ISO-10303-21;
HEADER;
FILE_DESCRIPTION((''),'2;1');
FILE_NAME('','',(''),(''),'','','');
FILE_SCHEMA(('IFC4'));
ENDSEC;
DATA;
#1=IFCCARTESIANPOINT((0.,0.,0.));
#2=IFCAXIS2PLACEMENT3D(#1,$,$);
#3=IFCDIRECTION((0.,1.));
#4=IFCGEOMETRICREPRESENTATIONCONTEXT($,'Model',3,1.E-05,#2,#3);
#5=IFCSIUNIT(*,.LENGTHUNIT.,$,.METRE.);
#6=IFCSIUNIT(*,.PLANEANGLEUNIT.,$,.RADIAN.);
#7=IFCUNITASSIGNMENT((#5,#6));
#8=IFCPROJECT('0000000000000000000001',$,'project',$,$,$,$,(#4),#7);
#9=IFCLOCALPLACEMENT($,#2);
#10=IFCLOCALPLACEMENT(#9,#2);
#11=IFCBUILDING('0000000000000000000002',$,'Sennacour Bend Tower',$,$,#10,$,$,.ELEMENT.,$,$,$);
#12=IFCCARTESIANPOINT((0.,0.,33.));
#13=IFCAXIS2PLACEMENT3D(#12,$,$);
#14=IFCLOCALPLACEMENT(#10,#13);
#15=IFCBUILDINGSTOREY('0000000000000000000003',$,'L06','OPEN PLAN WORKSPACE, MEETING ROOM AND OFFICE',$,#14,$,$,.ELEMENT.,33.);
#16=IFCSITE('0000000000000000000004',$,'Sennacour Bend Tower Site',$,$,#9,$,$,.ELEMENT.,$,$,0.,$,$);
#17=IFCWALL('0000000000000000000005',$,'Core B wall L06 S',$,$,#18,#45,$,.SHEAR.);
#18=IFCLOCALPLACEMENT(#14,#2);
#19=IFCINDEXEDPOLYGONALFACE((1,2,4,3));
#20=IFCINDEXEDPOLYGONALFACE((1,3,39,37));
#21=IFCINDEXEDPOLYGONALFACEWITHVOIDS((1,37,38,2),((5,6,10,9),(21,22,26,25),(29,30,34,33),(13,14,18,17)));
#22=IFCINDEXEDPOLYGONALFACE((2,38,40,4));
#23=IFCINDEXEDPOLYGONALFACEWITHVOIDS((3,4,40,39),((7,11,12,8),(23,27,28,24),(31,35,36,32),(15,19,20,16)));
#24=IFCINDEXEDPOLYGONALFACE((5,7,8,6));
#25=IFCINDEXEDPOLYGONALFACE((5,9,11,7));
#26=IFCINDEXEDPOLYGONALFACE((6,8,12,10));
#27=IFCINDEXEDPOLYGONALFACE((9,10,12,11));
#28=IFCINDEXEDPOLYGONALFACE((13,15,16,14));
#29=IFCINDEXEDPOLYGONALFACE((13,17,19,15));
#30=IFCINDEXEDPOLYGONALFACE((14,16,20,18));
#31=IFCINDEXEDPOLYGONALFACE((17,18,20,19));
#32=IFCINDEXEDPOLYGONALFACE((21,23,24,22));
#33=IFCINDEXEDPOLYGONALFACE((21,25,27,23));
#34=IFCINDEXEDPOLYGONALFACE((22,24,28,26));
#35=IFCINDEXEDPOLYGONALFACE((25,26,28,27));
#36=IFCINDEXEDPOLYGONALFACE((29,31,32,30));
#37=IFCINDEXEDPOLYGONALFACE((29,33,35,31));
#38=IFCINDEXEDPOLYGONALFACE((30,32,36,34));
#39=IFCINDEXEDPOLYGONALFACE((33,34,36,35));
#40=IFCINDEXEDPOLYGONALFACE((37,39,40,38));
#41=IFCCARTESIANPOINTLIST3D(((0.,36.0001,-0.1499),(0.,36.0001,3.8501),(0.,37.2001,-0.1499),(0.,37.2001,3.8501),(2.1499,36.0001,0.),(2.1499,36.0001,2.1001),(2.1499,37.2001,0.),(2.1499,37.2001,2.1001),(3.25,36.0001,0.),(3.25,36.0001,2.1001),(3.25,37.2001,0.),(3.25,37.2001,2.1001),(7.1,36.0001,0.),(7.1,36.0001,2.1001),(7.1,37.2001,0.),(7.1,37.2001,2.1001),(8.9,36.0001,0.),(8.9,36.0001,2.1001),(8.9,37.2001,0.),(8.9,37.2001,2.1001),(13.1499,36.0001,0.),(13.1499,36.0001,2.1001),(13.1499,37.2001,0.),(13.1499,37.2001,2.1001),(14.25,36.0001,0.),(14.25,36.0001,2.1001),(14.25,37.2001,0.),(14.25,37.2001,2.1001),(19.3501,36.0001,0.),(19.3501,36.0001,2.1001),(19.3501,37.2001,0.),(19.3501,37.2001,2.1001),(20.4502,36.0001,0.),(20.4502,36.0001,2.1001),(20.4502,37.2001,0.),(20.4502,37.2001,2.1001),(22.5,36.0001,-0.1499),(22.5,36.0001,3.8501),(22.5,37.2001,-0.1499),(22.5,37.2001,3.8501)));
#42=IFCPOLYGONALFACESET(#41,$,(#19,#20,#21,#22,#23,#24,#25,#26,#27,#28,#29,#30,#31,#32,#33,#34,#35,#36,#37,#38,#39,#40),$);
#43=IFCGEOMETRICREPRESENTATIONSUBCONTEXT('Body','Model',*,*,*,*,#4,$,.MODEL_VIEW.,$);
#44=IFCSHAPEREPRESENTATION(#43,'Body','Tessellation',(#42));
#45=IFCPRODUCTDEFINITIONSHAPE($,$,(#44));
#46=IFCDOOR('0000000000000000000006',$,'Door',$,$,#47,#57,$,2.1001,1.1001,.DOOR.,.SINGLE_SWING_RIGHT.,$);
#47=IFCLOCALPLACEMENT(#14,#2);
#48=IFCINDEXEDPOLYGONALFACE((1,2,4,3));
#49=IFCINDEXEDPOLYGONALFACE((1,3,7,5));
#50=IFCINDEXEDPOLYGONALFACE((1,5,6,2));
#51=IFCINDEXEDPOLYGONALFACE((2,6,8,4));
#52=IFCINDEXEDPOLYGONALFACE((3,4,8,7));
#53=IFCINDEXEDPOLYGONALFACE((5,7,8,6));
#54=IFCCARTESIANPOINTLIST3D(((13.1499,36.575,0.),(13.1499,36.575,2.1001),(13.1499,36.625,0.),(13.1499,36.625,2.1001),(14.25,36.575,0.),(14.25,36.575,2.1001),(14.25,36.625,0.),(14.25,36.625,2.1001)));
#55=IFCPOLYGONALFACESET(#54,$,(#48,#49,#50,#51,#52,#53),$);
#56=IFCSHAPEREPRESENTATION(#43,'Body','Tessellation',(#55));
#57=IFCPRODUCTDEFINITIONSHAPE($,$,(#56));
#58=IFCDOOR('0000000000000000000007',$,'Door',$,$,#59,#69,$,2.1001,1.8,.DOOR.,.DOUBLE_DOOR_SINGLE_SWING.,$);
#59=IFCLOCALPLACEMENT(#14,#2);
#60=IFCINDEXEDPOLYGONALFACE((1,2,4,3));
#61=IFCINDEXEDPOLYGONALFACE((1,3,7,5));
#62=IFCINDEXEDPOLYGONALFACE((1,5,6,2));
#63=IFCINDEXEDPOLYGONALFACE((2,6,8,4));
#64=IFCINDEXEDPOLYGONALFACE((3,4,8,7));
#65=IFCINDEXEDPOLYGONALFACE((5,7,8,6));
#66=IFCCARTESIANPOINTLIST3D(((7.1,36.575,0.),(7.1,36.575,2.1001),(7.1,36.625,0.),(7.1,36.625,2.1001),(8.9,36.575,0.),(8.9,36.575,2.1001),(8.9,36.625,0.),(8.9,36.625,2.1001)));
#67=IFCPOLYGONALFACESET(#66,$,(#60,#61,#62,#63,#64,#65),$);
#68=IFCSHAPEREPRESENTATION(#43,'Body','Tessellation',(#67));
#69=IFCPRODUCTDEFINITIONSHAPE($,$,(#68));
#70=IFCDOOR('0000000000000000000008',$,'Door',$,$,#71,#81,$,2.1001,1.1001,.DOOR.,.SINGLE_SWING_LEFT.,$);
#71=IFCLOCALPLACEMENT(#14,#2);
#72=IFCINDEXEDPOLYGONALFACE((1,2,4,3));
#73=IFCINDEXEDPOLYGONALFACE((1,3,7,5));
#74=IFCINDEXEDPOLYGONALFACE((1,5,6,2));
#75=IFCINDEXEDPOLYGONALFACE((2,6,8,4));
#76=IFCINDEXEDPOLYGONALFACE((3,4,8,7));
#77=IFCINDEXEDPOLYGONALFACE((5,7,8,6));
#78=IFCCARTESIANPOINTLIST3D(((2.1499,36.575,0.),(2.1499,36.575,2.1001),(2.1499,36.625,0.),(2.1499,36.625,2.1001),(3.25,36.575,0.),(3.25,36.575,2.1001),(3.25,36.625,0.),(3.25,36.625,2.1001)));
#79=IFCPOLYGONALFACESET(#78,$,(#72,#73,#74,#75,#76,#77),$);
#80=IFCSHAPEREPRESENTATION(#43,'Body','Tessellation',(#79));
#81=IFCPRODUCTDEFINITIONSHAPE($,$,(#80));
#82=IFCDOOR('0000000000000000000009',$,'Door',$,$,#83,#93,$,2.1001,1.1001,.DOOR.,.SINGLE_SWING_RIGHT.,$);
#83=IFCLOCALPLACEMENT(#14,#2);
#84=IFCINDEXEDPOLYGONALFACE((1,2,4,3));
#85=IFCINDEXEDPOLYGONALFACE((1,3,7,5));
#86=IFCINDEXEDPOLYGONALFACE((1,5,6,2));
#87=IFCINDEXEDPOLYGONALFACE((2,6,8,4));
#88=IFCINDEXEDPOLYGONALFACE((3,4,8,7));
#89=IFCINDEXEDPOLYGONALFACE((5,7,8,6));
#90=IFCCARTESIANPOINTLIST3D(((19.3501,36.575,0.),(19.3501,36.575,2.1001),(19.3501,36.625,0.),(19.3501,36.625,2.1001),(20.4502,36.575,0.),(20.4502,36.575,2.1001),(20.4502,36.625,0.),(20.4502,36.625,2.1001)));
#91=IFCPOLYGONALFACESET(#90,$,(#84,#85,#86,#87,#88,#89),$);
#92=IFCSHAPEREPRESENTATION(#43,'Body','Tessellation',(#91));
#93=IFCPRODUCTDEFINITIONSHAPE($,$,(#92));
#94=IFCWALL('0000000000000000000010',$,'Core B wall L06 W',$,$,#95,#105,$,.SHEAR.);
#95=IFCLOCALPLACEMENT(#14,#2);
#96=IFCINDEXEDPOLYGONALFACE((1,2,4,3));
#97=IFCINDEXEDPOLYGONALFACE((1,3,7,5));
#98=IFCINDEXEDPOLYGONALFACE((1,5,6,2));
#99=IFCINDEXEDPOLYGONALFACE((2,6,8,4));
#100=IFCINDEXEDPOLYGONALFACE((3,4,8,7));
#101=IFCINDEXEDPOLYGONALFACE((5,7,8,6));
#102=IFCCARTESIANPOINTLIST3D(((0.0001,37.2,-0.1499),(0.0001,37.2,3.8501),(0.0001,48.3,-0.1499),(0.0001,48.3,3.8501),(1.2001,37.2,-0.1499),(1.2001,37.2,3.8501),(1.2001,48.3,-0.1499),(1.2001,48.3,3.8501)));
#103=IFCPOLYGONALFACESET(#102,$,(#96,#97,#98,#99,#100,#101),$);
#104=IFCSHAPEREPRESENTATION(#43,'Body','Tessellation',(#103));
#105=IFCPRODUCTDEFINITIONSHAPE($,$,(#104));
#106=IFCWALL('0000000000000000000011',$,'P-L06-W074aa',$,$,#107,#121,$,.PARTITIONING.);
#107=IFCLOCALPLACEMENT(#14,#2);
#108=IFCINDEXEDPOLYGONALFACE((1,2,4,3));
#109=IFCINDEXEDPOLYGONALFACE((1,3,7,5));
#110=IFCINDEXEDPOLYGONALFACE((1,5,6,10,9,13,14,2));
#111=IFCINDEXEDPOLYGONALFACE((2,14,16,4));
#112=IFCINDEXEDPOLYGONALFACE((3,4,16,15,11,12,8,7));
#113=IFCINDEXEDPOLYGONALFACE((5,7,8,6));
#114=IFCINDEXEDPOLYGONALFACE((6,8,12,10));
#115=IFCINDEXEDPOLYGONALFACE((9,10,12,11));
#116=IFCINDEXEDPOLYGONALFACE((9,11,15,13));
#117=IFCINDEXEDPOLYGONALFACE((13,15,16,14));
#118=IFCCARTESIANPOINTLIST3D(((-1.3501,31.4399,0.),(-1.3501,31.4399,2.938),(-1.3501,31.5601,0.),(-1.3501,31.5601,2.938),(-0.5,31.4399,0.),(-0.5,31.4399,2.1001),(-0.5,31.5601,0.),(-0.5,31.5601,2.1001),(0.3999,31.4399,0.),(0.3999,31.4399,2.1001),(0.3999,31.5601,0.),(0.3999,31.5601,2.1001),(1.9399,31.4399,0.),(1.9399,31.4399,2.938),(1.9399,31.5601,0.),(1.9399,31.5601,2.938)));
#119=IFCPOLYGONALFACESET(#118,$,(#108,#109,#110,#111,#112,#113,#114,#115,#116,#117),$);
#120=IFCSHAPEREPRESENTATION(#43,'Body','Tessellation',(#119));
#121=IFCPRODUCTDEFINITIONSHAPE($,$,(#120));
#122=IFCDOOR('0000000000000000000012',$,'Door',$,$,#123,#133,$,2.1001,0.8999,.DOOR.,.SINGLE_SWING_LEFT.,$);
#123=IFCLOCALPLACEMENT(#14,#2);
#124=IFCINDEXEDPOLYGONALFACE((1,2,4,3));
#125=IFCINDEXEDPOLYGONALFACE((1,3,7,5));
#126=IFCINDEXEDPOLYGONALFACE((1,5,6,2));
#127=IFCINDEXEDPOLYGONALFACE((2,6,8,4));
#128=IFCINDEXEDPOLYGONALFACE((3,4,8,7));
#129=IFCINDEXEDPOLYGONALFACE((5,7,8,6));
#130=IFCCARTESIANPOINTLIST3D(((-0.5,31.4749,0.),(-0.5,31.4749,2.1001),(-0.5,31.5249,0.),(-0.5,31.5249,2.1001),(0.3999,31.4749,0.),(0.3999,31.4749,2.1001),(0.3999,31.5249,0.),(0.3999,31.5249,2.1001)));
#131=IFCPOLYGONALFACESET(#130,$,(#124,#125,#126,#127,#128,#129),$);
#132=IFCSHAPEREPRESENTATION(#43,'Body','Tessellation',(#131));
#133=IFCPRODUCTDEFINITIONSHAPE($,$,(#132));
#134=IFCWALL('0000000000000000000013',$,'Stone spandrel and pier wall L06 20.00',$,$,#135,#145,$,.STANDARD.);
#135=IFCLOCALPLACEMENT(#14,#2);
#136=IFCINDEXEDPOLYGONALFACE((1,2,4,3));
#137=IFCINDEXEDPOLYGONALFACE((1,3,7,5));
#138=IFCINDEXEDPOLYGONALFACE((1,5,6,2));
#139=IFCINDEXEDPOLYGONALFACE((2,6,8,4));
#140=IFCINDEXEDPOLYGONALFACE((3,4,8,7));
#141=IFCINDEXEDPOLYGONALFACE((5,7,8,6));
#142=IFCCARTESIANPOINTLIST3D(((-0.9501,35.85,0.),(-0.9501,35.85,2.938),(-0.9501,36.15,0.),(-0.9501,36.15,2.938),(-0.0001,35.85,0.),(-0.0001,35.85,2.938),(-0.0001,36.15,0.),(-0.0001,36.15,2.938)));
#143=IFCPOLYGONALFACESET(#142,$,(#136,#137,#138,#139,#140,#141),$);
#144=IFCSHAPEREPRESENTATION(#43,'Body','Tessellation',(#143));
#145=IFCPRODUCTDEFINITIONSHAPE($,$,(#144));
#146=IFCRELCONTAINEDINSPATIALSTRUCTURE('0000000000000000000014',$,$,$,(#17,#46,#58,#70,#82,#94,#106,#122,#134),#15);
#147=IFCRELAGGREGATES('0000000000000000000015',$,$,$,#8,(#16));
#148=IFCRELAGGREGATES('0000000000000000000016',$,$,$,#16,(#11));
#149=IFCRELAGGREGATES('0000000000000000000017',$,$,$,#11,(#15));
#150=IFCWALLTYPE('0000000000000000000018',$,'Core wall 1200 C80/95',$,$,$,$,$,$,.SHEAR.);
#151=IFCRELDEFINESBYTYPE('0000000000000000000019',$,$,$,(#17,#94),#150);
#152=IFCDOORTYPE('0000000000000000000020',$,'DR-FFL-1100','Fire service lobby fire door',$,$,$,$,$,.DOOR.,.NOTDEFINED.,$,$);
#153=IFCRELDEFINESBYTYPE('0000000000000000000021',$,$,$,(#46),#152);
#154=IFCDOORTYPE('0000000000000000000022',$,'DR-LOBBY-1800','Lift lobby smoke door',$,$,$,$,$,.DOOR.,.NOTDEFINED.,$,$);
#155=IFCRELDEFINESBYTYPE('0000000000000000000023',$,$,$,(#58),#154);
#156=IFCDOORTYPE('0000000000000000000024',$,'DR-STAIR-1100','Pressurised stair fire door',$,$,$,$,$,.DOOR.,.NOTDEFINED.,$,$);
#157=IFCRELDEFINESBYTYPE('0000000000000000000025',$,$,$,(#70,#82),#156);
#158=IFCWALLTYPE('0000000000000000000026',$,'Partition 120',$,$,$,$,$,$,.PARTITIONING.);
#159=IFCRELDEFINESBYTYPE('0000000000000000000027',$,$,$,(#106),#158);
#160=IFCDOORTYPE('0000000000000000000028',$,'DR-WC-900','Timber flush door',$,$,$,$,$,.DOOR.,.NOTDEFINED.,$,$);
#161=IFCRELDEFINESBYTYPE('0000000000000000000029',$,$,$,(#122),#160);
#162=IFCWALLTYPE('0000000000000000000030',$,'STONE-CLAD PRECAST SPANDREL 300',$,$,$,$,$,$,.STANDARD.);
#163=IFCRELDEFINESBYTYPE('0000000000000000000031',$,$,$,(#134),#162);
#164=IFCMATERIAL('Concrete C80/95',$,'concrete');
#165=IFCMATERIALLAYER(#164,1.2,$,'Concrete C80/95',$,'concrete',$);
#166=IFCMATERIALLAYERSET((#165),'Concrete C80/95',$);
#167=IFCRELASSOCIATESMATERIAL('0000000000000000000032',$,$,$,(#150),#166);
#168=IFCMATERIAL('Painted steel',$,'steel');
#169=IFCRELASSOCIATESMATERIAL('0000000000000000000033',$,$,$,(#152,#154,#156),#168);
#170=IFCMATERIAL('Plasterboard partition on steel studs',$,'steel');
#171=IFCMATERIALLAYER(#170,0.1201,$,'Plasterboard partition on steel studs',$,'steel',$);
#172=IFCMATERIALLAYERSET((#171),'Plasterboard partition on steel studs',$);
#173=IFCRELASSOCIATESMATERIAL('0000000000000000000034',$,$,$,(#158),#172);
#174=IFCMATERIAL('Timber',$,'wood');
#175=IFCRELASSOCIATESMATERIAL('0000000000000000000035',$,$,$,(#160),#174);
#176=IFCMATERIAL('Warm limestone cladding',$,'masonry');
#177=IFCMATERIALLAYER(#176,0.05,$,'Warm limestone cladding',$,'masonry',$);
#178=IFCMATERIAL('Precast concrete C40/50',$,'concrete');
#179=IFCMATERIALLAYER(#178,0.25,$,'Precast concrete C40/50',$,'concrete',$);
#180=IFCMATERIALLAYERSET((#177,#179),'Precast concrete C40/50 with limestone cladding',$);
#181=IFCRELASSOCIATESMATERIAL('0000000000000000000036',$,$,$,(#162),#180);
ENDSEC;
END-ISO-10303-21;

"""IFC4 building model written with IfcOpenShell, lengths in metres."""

from ifc_helpers import new_model, si_unit, direction, frame, frame_2d, origin, place, context, subcontext, project, spatial, rectangle, extrude, material, layer, layer_set, type_object, element, fill, save


model = new_model("IFC4")

# Units and contexts
model_context = context("Model", 3, precision=1e-05, world=origin(), true_north=direction((0.0, 1.0)))
body_context = subcontext(model_context, "Body", "Model", "MODEL_VIEW")
ifc_project = project(units=[si_unit("LENGTHUNIT", "METRE"), si_unit("PLANEANGLEUNIT", "RADIAN")], contexts=[model_context])

# Site, building, storey
site_placement = place(None, origin())
site = spatial("IfcSite", under=ifc_project, at=site_placement, Name="Sennacour Bend Tower Site", CompositionType="ELEMENT", RefElevation=0.0)
building_placement = place(site_placement, origin())
building = spatial("IfcBuilding", under=site, at=building_placement, Name="Sennacour Bend Tower", CompositionType="ELEMENT")
storey_placement = place(building_placement, frame((0.0, 0.0, 33.0)))
storey = spatial("IfcBuildingStorey", under=building, at=storey_placement, Name="L06", Description="OPEN PLAN WORKSPACE, MEETING ROOM AND OFFICE", CompositionType="ELEMENT", Elevation=33.0)

# Wall, openings, doors
ifc_material_1 = material(Name="Concrete C80/95", Category="concrete")
ifc_layer_1 = layer(ifc_material_1, 1.2, Name="Concrete C80/95", Category="concrete")
ifc_layer_set_1 = layer_set([ifc_layer_1], Name="Concrete C80/95")
wall_type_1 = type_object("IfcWallType", Name="Core wall 1200 C80/95", PredefinedType="SHEAR", material=ifc_layer_set_1)
wall_1_placement = place(storey_placement, frame((0.0, 36.6001, -0.1499), z_axis=(0.0, 0.0, 1.0), x_axis=(1.0, 0.0, 0.0)))
wall_1 = element("IfcWall", 1, at=wall_1_placement, inside=storey, type_object=wall_type_1, Name="Core B wall L06 S", PredefinedType="SHEAR", context=body_context, shape_type="SweptSolid", body=[
    extrude(rectangle(XDim=22.5, YDim=1.2, at=frame_2d((11.25, 0.0))), origin(), (0.0, 0.0, 1.0), 4.0),
])
opening_1_placement = place(wall_1_placement, frame((7.1001, 0.0, 0.1499)))
opening_1 = element("IfcOpeningElement", 2, at=opening_1_placement, cuts=wall_1, PredefinedType="OPENING", context=body_context, shape_type="SweptSolid", body=[
    extrude(rectangle(XDim=1.8, YDim=2.1001, at=frame_2d((0.8999, 1.05))), frame((0.0, 0.6099, 0.0), z_axis=(0.0, -1.0, 0.0), x_axis=(1.0, 0.0, 0.0)), (0.0, 0.0, 1.0), 1.22),
])
opening_2_placement = place(wall_1_placement, frame((13.1499, 0.0, 0.1499)))
opening_2 = element("IfcOpeningElement", 3, at=opening_2_placement, cuts=wall_1, PredefinedType="OPENING", context=body_context, shape_type="SweptSolid", body=[
    extrude(rectangle(XDim=1.1001, YDim=2.1001, at=frame_2d((0.55, 1.05))), frame((0.0, 0.6099, 0.0), z_axis=(0.0, -1.0, 0.0), x_axis=(1.0, 0.0, 0.0)), (0.0, 0.0, 1.0), 1.22),
])
opening_3_placement = place(wall_1_placement, frame((2.1499, 0.0, 0.1499)))
opening_3 = element("IfcOpeningElement", 4, at=opening_3_placement, cuts=wall_1, PredefinedType="OPENING", context=body_context, shape_type="SweptSolid", body=[
    extrude(rectangle(XDim=1.1001, YDim=2.1001, at=frame_2d((0.55, 1.05))), frame((0.0, 0.6099, 0.0), z_axis=(0.0, -1.0, 0.0), x_axis=(1.0, 0.0, 0.0)), (0.0, 0.0, 1.0), 1.22),
])
opening_4_placement = place(wall_1_placement, frame((19.3501, 0.0, 0.1499)))
opening_4 = element("IfcOpeningElement", 5, at=opening_4_placement, cuts=wall_1, PredefinedType="OPENING", context=body_context, shape_type="SweptSolid", body=[
    extrude(rectangle(XDim=1.1001, YDim=2.1001, at=frame_2d((0.55, 1.05))), frame((0.0, 0.6099, 0.0), z_axis=(0.0, -1.0, 0.0), x_axis=(1.0, 0.0, 0.0)), (0.0, 0.0, 1.0), 1.22),
])
ifc_material_2 = material(Name="Painted steel", Category="steel")
door_type_1 = type_object("IfcDoorType", Name="DR-FFL-1100", Description="Fire service lobby fire door", OperationType="NOTDEFINED", PredefinedType="DOOR", material=ifc_material_2)
door_1_placement = place(opening_2_placement, origin())
door_1 = element("IfcDoor", 6, at=door_1_placement, inside=storey, type_object=door_type_1, Name="Door", OperationType="SINGLE_SWING_RIGHT", OverallHeight=2.1001, OverallWidth=1.1001, PredefinedType="DOOR", context=body_context, shape_type="SweptSolid", body=[
    extrude(rectangle(XDim=1.1001, YDim=2.1001, at=frame_2d((0.55, 1.05))), frame((0.0, 0.0249, 0.0), z_axis=(0.0, -1.0, 0.0), x_axis=(1.0, 0.0, 0.0)), (0.0, 0.0, 1.0), 0.05),
])
fill(opening_2, door_1)
door_type_2 = type_object("IfcDoorType", Name="DR-LOBBY-1800", Description="Lift lobby smoke door", OperationType="NOTDEFINED", PredefinedType="DOOR", material=ifc_material_2)
door_2_placement = place(opening_1_placement, origin())
door_2 = element("IfcDoor", 7, at=door_2_placement, inside=storey, type_object=door_type_2, Name="Door", OperationType="DOUBLE_DOOR_SINGLE_SWING", OverallHeight=2.1001, OverallWidth=1.8, PredefinedType="DOOR", context=body_context, shape_type="SweptSolid", body=[
    extrude(rectangle(XDim=1.8, YDim=2.1001, at=frame_2d((0.8999, 1.05))), frame((0.0, 0.0249, 0.0), z_axis=(0.0, -1.0, 0.0), x_axis=(1.0, 0.0, 0.0)), (0.0, 0.0, 1.0), 0.05),
])
fill(opening_1, door_2)
door_type_3 = type_object("IfcDoorType", Name="DR-STAIR-1100", Description="Pressurised stair fire door", OperationType="NOTDEFINED", PredefinedType="DOOR", material=ifc_material_2)
door_3_placement = place(opening_3_placement, origin())
door_3 = element("IfcDoor", 8, at=door_3_placement, inside=storey, type_object=door_type_3, Name="Door", OperationType="SINGLE_SWING_LEFT", OverallHeight=2.1001, OverallWidth=1.1001, PredefinedType="DOOR", context=body_context, shape_type="SweptSolid", body=[
    extrude(rectangle(XDim=1.1001, YDim=2.1001, at=frame_2d((0.55, 1.05))), frame((0.0, 0.0249, 0.0), z_axis=(0.0, -1.0, 0.0), x_axis=(1.0, 0.0, 0.0)), (0.0, 0.0, 1.0), 0.05),
])
fill(opening_3, door_3)
door_4_placement = place(opening_4_placement, origin())
door_4 = element("IfcDoor", 9, at=door_4_placement, inside=storey, type_object=door_type_3, Name="Door", OperationType="SINGLE_SWING_RIGHT", OverallHeight=2.1001, OverallWidth=1.1001, PredefinedType="DOOR", context=body_context, shape_type="SweptSolid", body=[
    extrude(rectangle(XDim=1.1001, YDim=2.1001, at=frame_2d((0.55, 1.05))), frame((0.0, 0.0249, 0.0), z_axis=(0.0, -1.0, 0.0), x_axis=(1.0, 0.0, 0.0)), (0.0, 0.0, 1.0), 0.05),
])
fill(opening_4, door_4)

# Wall
wall_2_placement = place(storey_placement, frame((0.6001, 37.2, -0.1499), z_axis=(0.0, 0.0, 1.0), x_axis=(0.0, 1.0, 0.0)))
element("IfcWall", 10, at=wall_2_placement, inside=storey, type_object=wall_type_1, Name="Core B wall L06 W", PredefinedType="SHEAR", context=body_context, shape_type="SweptSolid", body=[
    extrude(rectangle(XDim=11.1001, YDim=1.2, at=frame_2d((5.55, 0.0))), origin(), (0.0, 0.0, 1.0), 4.0),
])

# Wall, opening, door
ifc_material_3 = material(Name="Plasterboard partition on steel studs", Category="steel")
ifc_layer_2 = layer(ifc_material_3, 0.1201, Name="Plasterboard partition on steel studs", Category="steel")
ifc_layer_set_2 = layer_set([ifc_layer_2], Name="Plasterboard partition on steel studs")
wall_type_2 = type_object("IfcWallType", Name="Partition 120", PredefinedType="PARTITIONING", material=ifc_layer_set_2)
wall_3_placement = place(storey_placement, frame((-1.3501, 31.5, 0.0), z_axis=(0.0, 0.0, 1.0), x_axis=(1.0, 0.0, 0.0)))
wall_3 = element("IfcWall", 11, at=wall_3_placement, inside=storey, type_object=wall_type_2, Name="P-L06-W074aa", PredefinedType="PARTITIONING", context=body_context, shape_type="SweptSolid", body=[
    extrude(rectangle(XDim=3.29, YDim=0.1201, at=frame_2d((1.645, 0.0))), origin(), (0.0, 0.0, 1.0), 2.938),
])
opening_5_placement = place(wall_3_placement, frame((0.8501, 0.0, 0.0)))
opening_5 = element("IfcOpeningElement", 12, at=opening_5_placement, cuts=wall_3, PredefinedType="OPENING", context=body_context, shape_type="SweptSolid", body=[
    extrude(rectangle(XDim=0.8999, YDim=2.1001, at=frame_2d((0.45, 1.05))), frame((0.0, 0.0701, 0.0), z_axis=(0.0, -1.0, 0.0), x_axis=(1.0, 0.0, 0.0)), (0.0, 0.0, 1.0), 0.1401),
])
ifc_material_4 = material(Name="Timber", Category="wood")
door_type_4 = type_object("IfcDoorType", Name="DR-WC-900", Description="Timber flush door", OperationType="NOTDEFINED", PredefinedType="DOOR", material=ifc_material_4)
door_5_placement = place(opening_5_placement, origin())
door_5 = element("IfcDoor", 13, at=door_5_placement, inside=storey, type_object=door_type_4, Name="Door", OperationType="SINGLE_SWING_LEFT", OverallHeight=2.1001, OverallWidth=0.8999, PredefinedType="DOOR", context=body_context, shape_type="SweptSolid", body=[
    extrude(rectangle(XDim=0.8999, YDim=2.1001, at=frame_2d((0.45, 1.05))), frame((0.0, 0.0249, 0.0), z_axis=(0.0, -1.0, 0.0), x_axis=(1.0, 0.0, 0.0)), (0.0, 0.0, 1.0), 0.05),
])
fill(opening_5, door_5)

# Wall
ifc_material_5 = material(Name="Warm limestone cladding", Category="masonry")
ifc_layer_3 = layer(ifc_material_5, 0.05, Name="Warm limestone cladding", Category="masonry")
ifc_material_6 = material(Name="Precast concrete C40/50", Category="concrete")
ifc_layer_4 = layer(ifc_material_6, 0.25, Name="Precast concrete C40/50", Category="concrete")
ifc_layer_set_3 = layer_set([ifc_layer_3, ifc_layer_4], Name="Precast concrete C40/50 with limestone cladding")
wall_type_3 = type_object("IfcWallType", Name="STONE-CLAD PRECAST SPANDREL 300", PredefinedType="STANDARD", material=ifc_layer_set_3)
wall_4_placement = place(storey_placement, frame((0.0, 36.0, 0.0), z_axis=(0.0, 0.0, 1.0), x_axis=(-1.0, 0.0, 0.0)))
element("IfcWall", 14, at=wall_4_placement, inside=storey, type_object=wall_type_3, Name="Stone spandrel and pier wall L06 20.00", PredefinedType="STANDARD", context=body_context, shape_type="SweptSolid", body=[
    extrude(rectangle(XDim=0.95, YDim=0.3, at=frame_2d((0.4751, 0.0))), origin(), (0.0, 0.0, 1.0), 2.938),
])

save(model, "model.ifc")
